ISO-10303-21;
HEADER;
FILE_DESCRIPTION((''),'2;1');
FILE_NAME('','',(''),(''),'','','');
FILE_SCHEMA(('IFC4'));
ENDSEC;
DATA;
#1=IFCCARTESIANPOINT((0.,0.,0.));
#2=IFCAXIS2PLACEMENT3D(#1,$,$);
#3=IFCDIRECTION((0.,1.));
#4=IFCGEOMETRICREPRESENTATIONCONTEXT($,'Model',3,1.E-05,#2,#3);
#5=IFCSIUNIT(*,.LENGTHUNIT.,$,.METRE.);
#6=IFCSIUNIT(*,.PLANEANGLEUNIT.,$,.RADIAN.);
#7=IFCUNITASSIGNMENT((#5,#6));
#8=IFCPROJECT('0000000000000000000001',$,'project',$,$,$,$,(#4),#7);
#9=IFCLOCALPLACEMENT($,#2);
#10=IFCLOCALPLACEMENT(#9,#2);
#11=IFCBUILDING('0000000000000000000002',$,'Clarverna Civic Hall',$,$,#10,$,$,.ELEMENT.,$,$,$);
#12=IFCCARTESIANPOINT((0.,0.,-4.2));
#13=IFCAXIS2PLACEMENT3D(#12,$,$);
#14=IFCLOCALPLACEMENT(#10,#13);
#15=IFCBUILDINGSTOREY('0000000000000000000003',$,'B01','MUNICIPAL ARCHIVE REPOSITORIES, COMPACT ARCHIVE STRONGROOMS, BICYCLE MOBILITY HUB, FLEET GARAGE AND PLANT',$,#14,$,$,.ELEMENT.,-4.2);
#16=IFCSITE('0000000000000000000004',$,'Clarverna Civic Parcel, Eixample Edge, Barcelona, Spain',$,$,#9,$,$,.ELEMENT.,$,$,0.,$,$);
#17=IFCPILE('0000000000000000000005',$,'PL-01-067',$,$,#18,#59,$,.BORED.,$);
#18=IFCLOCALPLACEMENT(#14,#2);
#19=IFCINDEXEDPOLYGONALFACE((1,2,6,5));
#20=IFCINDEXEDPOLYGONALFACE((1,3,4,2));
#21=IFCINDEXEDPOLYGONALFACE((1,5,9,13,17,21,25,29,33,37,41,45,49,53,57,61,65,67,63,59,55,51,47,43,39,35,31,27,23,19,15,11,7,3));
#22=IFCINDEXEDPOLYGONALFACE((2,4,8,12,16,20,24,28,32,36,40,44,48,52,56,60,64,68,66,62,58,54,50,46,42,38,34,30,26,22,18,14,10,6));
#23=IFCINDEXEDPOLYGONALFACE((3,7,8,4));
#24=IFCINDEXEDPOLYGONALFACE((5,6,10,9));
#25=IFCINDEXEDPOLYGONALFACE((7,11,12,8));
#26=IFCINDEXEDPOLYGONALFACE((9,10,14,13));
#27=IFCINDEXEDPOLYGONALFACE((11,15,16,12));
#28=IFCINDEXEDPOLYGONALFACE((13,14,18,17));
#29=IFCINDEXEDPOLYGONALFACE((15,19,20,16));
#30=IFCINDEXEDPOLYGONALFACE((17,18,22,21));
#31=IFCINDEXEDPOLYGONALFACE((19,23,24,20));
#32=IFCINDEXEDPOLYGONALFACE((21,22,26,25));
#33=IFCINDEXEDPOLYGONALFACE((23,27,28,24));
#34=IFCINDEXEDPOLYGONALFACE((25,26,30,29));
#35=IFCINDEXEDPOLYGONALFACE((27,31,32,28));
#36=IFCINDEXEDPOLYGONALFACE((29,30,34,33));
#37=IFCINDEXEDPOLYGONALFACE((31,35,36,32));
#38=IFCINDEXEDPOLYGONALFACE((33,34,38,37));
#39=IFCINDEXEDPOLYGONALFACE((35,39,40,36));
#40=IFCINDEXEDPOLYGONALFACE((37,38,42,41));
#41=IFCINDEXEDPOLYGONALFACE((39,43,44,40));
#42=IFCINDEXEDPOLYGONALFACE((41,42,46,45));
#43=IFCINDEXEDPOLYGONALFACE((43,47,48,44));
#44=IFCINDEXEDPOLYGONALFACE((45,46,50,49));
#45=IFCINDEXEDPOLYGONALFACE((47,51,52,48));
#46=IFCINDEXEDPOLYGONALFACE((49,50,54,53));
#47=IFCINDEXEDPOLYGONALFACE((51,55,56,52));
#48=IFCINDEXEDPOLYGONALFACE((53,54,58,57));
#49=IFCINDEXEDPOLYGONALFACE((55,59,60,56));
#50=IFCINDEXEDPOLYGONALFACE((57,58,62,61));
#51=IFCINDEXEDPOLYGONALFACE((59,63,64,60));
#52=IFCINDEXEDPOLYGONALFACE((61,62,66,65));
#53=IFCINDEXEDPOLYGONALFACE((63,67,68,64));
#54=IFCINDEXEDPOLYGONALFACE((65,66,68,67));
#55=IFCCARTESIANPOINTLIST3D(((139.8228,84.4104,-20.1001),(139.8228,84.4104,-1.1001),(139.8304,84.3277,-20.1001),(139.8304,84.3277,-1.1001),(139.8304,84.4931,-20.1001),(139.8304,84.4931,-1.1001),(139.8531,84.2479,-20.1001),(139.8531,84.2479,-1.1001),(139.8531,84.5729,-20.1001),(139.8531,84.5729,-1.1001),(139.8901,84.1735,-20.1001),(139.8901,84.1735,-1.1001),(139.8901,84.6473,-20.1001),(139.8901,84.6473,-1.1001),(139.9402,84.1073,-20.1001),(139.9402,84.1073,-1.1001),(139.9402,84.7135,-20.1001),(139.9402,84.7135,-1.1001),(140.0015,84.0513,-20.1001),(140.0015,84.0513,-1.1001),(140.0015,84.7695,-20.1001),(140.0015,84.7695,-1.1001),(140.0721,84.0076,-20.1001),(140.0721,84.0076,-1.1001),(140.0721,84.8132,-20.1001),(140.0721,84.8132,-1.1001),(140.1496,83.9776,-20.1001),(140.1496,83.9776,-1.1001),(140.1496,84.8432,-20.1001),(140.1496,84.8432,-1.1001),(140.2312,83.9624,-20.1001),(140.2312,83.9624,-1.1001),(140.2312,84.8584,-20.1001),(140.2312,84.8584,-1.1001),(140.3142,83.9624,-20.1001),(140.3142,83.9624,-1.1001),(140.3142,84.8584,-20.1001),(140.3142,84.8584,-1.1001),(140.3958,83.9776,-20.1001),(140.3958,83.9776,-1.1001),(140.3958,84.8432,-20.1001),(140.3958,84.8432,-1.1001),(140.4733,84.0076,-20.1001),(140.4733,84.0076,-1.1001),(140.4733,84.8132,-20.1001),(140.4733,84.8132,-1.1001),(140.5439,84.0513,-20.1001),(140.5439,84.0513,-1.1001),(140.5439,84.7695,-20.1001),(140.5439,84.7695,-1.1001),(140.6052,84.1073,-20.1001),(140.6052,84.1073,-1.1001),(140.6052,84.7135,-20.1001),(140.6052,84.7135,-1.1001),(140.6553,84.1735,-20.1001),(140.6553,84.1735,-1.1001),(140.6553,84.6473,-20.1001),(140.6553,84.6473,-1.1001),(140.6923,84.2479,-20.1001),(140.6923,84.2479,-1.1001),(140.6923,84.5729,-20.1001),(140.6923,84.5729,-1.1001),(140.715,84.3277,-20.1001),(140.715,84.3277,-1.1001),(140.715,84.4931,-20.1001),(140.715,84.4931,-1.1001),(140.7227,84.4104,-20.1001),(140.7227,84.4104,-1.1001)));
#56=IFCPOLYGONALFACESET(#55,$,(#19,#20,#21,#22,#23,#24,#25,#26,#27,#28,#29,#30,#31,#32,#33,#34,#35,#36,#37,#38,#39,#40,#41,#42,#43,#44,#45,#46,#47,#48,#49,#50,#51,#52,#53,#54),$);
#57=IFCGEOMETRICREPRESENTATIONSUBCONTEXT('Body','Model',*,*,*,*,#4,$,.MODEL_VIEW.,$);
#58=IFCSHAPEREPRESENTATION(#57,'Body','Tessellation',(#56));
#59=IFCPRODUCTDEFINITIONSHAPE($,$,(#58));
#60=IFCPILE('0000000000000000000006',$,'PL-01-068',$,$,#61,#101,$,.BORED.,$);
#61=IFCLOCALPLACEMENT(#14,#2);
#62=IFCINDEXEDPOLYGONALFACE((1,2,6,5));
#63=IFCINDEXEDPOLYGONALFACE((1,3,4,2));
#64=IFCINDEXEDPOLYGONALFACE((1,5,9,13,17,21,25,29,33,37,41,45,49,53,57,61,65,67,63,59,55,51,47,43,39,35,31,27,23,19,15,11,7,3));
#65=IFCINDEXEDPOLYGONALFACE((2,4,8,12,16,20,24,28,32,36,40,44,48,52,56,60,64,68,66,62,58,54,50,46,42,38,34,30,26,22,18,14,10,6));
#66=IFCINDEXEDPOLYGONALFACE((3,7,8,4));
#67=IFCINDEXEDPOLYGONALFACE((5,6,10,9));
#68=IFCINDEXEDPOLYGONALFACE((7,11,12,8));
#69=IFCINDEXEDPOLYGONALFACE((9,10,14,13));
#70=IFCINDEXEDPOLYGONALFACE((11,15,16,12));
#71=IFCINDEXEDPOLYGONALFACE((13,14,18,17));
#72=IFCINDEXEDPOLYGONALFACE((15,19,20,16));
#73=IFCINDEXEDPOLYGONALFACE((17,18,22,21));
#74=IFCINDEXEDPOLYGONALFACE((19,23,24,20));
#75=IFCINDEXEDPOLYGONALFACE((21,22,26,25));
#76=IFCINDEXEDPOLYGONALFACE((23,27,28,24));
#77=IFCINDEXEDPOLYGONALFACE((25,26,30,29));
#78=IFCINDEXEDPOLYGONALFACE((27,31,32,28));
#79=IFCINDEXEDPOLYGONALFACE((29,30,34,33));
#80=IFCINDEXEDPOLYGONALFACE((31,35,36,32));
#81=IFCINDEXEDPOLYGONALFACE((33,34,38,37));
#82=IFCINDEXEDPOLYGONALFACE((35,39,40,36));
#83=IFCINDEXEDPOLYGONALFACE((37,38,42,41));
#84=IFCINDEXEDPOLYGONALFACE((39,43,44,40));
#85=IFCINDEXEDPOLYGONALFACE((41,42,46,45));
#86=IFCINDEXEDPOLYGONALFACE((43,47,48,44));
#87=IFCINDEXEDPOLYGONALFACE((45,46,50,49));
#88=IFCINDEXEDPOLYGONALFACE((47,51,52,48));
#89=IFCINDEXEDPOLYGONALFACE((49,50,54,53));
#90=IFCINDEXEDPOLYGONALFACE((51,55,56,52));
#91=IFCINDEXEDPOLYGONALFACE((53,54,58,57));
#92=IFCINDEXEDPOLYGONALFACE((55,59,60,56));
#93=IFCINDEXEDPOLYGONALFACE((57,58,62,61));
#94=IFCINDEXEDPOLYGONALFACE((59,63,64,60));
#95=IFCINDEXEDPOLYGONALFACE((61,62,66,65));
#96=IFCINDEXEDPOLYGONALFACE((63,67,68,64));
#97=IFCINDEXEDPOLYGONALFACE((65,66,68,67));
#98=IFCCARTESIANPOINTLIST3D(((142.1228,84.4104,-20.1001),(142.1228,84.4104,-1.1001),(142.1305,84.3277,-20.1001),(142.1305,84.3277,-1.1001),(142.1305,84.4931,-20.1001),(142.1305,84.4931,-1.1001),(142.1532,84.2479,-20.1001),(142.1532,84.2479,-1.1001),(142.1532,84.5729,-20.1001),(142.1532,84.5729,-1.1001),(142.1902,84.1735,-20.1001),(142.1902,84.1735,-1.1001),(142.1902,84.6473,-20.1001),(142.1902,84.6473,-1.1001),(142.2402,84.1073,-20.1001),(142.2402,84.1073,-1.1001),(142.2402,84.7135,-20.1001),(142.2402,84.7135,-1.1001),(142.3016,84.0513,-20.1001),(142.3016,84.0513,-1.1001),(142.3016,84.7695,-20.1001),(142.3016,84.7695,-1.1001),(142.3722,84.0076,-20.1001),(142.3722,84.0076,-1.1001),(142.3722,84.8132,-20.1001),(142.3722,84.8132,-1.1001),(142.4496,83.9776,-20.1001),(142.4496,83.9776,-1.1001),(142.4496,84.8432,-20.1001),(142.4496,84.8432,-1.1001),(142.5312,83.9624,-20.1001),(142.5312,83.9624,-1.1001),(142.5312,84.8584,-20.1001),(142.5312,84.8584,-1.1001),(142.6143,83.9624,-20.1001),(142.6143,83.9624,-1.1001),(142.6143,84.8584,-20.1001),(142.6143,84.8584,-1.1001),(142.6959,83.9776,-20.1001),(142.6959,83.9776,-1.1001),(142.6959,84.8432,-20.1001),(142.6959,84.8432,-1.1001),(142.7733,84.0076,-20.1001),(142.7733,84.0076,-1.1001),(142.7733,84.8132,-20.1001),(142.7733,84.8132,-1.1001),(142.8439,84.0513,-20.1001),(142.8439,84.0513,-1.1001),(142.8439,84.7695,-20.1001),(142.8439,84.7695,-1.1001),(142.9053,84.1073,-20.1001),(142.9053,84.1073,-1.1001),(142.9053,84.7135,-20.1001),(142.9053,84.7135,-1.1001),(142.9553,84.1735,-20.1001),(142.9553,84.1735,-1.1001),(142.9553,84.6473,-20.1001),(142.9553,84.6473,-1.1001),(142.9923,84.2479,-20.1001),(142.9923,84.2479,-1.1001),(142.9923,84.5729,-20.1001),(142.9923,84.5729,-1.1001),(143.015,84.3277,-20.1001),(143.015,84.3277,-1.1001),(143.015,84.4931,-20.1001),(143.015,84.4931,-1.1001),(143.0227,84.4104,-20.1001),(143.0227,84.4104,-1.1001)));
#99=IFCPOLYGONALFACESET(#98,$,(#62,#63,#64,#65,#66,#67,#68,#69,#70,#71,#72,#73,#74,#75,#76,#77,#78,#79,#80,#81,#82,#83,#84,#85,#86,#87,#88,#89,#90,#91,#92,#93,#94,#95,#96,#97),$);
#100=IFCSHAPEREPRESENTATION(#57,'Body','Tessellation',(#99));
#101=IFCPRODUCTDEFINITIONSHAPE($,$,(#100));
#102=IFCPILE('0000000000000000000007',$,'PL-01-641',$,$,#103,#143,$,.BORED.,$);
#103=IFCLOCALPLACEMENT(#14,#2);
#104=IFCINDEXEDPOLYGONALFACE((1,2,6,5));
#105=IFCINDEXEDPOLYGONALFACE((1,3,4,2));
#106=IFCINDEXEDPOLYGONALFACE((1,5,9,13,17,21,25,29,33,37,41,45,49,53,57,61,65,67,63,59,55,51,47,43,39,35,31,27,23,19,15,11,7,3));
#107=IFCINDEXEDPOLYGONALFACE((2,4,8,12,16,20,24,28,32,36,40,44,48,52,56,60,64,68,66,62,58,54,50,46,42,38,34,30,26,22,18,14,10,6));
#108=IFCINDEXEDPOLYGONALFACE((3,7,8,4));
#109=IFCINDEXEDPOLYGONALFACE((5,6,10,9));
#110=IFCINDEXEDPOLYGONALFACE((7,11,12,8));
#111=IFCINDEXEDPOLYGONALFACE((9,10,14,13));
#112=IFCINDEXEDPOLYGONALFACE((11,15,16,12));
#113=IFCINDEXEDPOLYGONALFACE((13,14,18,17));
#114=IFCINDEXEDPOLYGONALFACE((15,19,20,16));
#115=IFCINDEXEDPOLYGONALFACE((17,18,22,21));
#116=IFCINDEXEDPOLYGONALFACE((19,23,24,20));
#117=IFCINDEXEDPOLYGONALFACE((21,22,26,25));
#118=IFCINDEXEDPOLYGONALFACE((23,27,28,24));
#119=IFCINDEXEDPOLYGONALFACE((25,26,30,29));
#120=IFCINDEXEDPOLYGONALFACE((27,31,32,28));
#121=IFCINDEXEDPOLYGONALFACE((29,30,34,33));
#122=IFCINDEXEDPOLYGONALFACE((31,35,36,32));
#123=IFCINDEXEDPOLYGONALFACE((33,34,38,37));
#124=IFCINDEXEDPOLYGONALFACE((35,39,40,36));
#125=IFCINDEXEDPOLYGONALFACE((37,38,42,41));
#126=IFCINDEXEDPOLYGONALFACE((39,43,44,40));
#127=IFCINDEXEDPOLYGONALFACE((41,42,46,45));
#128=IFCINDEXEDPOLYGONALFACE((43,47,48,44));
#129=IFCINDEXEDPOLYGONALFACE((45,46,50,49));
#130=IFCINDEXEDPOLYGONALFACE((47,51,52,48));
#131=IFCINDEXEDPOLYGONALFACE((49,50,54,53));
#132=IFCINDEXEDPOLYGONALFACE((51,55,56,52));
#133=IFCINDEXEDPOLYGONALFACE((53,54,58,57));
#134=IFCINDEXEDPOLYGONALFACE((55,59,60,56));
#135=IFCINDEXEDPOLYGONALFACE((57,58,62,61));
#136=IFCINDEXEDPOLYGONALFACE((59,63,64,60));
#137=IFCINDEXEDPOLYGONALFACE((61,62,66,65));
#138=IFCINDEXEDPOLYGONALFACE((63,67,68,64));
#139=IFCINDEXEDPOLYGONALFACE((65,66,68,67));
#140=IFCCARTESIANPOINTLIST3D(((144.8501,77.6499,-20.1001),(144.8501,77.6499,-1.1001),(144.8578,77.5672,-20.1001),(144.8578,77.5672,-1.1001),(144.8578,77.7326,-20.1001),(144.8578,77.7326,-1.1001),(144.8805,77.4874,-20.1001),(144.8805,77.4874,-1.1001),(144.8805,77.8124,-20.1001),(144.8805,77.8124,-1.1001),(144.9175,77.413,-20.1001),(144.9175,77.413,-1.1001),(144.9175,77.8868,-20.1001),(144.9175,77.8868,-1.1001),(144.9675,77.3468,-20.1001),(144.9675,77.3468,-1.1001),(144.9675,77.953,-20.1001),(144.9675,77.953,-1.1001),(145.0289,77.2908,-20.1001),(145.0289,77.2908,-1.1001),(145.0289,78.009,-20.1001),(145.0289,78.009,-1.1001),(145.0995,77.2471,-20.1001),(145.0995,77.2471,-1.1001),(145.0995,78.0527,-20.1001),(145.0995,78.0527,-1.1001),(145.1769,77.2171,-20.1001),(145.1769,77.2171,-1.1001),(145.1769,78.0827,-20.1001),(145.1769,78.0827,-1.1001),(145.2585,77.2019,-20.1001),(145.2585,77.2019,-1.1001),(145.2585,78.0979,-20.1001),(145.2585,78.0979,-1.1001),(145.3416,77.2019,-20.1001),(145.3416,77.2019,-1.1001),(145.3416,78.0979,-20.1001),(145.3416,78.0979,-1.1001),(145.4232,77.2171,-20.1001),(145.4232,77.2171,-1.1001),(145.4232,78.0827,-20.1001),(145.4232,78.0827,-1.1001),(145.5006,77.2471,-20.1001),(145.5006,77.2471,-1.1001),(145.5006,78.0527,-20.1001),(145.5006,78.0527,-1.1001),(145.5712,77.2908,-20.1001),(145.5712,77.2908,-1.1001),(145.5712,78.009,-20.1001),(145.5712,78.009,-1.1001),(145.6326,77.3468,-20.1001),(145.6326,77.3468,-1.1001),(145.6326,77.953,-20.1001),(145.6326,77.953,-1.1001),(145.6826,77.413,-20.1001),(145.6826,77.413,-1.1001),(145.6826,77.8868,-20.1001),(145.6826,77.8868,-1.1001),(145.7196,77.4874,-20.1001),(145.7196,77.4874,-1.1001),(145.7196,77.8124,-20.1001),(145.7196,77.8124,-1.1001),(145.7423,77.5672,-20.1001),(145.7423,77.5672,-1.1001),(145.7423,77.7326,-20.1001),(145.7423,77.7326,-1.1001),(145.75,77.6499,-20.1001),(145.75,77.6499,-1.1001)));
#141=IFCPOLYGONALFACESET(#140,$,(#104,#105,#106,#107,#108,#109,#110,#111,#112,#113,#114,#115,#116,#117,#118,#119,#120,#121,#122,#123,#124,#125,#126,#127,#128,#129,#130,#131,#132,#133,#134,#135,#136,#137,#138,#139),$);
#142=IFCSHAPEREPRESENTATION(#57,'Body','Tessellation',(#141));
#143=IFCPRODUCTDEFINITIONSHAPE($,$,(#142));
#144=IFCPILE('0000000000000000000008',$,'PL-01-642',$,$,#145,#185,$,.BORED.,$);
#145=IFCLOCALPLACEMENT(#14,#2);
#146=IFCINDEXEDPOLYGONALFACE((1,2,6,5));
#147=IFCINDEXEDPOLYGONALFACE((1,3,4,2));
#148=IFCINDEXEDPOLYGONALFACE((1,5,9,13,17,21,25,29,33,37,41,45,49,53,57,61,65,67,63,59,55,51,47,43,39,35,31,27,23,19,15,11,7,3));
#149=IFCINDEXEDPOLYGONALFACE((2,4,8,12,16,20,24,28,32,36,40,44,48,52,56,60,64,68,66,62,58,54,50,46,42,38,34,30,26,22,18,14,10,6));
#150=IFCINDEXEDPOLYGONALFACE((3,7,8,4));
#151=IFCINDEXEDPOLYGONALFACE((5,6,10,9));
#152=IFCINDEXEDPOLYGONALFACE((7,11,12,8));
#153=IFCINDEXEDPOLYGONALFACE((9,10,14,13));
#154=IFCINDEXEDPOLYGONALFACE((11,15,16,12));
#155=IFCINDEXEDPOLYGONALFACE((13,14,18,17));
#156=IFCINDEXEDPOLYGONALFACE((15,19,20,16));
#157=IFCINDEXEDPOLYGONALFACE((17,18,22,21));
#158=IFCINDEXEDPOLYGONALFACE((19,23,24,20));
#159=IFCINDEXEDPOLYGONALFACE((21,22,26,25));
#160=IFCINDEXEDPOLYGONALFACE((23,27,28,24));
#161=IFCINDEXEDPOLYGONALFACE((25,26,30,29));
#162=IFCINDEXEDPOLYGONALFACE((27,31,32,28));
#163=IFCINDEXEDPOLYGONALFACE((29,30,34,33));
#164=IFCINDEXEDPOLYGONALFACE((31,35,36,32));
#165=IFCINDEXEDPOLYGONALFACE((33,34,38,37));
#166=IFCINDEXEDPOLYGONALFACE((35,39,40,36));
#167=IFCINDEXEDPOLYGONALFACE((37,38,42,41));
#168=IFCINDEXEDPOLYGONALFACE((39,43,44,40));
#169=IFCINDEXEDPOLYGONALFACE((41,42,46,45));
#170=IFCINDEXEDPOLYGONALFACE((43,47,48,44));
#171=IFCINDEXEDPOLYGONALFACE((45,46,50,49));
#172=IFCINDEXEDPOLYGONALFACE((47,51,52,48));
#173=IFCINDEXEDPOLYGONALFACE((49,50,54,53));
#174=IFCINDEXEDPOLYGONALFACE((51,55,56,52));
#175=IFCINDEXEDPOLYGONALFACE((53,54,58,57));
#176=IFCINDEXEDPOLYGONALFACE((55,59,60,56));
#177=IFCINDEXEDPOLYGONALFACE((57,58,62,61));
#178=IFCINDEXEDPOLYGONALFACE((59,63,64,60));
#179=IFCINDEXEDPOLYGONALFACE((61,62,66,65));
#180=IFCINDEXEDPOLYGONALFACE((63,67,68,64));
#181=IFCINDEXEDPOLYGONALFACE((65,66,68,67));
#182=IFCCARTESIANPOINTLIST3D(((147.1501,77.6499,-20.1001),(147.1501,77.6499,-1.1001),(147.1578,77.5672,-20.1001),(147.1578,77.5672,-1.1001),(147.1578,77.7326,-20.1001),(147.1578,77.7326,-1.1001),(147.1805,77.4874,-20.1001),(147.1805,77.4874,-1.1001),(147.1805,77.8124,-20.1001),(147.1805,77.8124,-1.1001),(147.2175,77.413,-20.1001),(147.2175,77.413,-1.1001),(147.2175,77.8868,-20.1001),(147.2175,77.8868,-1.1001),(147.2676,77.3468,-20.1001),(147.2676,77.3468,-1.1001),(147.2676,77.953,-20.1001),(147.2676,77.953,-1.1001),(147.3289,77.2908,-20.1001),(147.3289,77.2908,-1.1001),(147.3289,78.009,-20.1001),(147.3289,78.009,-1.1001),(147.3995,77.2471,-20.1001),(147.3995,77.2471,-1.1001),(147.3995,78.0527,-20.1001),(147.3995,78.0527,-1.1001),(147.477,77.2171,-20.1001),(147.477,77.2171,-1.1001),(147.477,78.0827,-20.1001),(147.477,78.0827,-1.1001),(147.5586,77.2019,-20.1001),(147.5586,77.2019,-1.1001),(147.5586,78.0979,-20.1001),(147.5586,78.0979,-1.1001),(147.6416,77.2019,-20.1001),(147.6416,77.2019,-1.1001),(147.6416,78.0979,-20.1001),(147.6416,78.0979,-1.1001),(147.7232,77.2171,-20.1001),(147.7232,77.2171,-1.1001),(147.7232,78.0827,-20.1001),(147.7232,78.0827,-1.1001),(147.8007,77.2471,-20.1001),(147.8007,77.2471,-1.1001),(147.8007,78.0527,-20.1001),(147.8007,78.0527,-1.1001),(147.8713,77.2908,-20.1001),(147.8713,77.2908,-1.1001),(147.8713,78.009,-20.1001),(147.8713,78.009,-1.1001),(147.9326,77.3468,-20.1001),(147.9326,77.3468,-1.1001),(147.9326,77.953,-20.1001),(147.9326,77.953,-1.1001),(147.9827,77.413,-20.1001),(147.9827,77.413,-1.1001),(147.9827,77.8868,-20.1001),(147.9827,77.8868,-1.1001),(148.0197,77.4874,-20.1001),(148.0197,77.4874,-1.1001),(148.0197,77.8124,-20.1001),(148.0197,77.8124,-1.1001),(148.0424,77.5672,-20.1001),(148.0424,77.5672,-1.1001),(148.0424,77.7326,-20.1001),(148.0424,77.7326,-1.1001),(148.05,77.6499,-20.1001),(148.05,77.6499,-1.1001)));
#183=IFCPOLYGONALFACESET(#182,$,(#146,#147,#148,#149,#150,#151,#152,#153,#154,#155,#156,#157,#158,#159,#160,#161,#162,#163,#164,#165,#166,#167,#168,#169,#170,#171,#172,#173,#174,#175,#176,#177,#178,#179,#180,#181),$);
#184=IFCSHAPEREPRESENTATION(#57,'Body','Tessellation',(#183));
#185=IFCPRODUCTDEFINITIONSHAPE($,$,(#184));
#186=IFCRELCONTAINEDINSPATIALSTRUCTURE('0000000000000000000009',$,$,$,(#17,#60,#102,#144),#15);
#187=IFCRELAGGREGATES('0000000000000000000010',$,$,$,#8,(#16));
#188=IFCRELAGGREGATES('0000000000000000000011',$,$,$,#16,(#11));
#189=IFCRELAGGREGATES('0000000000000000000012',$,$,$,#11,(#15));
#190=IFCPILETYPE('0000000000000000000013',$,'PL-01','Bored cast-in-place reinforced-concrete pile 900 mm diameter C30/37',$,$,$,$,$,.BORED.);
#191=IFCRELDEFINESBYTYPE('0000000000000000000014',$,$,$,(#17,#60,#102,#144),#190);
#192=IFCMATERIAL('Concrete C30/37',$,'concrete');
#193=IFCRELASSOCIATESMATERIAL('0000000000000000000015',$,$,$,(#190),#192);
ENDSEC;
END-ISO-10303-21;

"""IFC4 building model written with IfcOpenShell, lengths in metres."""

from ifc_helpers import new_model, si_unit, direction, frame, origin, origin_2d, place, context, subcontext, project, spatial, circle, extrude, material, material_profile, profile_set, type_object, element, save


model = new_model("IFC4")

# Units and contexts
model_context = context("Model", 3, precision=1e-05, world=origin(), true_north=direction((0.0, 1.0)))
body_context = subcontext(model_context, "Body", "Model", "MODEL_VIEW")
ifc_project = project(units=[si_unit("LENGTHUNIT", "METRE"), si_unit("PLANEANGLEUNIT", "RADIAN")], contexts=[model_context])

# Site, building, storey
site_placement = place(None, origin())
site = spatial("IfcSite", under=ifc_project, at=site_placement, Name="Clarverna Civic Parcel, Eixample Edge, Barcelona, Spain", CompositionType="ELEMENT", RefElevation=0.0)
building_placement = place(site_placement, origin())
building = spatial("IfcBuilding", under=site, at=building_placement, Name="Clarverna Civic Hall", CompositionType="ELEMENT")
storey_placement = place(building_placement, frame((0.0, 0.0, -4.2)))
storey = spatial("IfcBuildingStorey", under=building, at=storey_placement, Name="B01", Description="MUNICIPAL ARCHIVE REPOSITORIES, COMPACT ARCHIVE STRONGROOMS, BICYCLE MOBILITY HUB, FLEET GARAGE AND PLANT", CompositionType="ELEMENT", Elevation=-4.2)

# Shared definitions
ifc_material_1 = material(Name="Concrete C30/37", Category="concrete")

# Piles
ifc_material_profile_1 = material_profile(ifc_material_1, circle(Radius=0.45, at=origin_2d()), Name="BORED PILE D900")
ifc_profile_set_1 = profile_set([ifc_material_profile_1], Name="Concrete C30/37")
pile_type = type_object("IfcPileType", Name="PL-01", Description="Bored cast-in-place reinforced-concrete pile 900 mm diameter C30/37", PredefinedType="BORED", material=ifc_profile_set_1)
for number, where, z_axis, x_axis, name in (
    (1, (140.2727, 84.4104, -1.1001), (0.0, 0.0, -1.0), (1.0, 0.0, 0.0), "PL-01-067"),
    (2, (142.5728, 84.4104, -1.1001), (0.0, 0.0, -1.0), (1.0, 0.0, 0.0), "PL-01-068"),
    (3, (145.3, 77.6499, -1.1001), (0.0, 0.0, -1.0), (1.0, 0.0, 0.0), "PL-01-641"),
    (4, (147.6001, 77.6499, -1.1001), (0.0, 0.0, -1.0), (1.0, 0.0, 0.0), "PL-01-642"),
):
    element("IfcPile", number, at=place(storey_placement, frame(where, z_axis=z_axis, x_axis=x_axis)), inside=storey, type_object=pile_type, Name=name, PredefinedType="BORED", context=body_context, shape_type="SweptSolid", body=[
        extrude(circle(Radius=0.45, at=origin_2d()), origin(), (0.0, 0.0, 1.0), 19.0),
    ])

save(model, "model.ifc")
